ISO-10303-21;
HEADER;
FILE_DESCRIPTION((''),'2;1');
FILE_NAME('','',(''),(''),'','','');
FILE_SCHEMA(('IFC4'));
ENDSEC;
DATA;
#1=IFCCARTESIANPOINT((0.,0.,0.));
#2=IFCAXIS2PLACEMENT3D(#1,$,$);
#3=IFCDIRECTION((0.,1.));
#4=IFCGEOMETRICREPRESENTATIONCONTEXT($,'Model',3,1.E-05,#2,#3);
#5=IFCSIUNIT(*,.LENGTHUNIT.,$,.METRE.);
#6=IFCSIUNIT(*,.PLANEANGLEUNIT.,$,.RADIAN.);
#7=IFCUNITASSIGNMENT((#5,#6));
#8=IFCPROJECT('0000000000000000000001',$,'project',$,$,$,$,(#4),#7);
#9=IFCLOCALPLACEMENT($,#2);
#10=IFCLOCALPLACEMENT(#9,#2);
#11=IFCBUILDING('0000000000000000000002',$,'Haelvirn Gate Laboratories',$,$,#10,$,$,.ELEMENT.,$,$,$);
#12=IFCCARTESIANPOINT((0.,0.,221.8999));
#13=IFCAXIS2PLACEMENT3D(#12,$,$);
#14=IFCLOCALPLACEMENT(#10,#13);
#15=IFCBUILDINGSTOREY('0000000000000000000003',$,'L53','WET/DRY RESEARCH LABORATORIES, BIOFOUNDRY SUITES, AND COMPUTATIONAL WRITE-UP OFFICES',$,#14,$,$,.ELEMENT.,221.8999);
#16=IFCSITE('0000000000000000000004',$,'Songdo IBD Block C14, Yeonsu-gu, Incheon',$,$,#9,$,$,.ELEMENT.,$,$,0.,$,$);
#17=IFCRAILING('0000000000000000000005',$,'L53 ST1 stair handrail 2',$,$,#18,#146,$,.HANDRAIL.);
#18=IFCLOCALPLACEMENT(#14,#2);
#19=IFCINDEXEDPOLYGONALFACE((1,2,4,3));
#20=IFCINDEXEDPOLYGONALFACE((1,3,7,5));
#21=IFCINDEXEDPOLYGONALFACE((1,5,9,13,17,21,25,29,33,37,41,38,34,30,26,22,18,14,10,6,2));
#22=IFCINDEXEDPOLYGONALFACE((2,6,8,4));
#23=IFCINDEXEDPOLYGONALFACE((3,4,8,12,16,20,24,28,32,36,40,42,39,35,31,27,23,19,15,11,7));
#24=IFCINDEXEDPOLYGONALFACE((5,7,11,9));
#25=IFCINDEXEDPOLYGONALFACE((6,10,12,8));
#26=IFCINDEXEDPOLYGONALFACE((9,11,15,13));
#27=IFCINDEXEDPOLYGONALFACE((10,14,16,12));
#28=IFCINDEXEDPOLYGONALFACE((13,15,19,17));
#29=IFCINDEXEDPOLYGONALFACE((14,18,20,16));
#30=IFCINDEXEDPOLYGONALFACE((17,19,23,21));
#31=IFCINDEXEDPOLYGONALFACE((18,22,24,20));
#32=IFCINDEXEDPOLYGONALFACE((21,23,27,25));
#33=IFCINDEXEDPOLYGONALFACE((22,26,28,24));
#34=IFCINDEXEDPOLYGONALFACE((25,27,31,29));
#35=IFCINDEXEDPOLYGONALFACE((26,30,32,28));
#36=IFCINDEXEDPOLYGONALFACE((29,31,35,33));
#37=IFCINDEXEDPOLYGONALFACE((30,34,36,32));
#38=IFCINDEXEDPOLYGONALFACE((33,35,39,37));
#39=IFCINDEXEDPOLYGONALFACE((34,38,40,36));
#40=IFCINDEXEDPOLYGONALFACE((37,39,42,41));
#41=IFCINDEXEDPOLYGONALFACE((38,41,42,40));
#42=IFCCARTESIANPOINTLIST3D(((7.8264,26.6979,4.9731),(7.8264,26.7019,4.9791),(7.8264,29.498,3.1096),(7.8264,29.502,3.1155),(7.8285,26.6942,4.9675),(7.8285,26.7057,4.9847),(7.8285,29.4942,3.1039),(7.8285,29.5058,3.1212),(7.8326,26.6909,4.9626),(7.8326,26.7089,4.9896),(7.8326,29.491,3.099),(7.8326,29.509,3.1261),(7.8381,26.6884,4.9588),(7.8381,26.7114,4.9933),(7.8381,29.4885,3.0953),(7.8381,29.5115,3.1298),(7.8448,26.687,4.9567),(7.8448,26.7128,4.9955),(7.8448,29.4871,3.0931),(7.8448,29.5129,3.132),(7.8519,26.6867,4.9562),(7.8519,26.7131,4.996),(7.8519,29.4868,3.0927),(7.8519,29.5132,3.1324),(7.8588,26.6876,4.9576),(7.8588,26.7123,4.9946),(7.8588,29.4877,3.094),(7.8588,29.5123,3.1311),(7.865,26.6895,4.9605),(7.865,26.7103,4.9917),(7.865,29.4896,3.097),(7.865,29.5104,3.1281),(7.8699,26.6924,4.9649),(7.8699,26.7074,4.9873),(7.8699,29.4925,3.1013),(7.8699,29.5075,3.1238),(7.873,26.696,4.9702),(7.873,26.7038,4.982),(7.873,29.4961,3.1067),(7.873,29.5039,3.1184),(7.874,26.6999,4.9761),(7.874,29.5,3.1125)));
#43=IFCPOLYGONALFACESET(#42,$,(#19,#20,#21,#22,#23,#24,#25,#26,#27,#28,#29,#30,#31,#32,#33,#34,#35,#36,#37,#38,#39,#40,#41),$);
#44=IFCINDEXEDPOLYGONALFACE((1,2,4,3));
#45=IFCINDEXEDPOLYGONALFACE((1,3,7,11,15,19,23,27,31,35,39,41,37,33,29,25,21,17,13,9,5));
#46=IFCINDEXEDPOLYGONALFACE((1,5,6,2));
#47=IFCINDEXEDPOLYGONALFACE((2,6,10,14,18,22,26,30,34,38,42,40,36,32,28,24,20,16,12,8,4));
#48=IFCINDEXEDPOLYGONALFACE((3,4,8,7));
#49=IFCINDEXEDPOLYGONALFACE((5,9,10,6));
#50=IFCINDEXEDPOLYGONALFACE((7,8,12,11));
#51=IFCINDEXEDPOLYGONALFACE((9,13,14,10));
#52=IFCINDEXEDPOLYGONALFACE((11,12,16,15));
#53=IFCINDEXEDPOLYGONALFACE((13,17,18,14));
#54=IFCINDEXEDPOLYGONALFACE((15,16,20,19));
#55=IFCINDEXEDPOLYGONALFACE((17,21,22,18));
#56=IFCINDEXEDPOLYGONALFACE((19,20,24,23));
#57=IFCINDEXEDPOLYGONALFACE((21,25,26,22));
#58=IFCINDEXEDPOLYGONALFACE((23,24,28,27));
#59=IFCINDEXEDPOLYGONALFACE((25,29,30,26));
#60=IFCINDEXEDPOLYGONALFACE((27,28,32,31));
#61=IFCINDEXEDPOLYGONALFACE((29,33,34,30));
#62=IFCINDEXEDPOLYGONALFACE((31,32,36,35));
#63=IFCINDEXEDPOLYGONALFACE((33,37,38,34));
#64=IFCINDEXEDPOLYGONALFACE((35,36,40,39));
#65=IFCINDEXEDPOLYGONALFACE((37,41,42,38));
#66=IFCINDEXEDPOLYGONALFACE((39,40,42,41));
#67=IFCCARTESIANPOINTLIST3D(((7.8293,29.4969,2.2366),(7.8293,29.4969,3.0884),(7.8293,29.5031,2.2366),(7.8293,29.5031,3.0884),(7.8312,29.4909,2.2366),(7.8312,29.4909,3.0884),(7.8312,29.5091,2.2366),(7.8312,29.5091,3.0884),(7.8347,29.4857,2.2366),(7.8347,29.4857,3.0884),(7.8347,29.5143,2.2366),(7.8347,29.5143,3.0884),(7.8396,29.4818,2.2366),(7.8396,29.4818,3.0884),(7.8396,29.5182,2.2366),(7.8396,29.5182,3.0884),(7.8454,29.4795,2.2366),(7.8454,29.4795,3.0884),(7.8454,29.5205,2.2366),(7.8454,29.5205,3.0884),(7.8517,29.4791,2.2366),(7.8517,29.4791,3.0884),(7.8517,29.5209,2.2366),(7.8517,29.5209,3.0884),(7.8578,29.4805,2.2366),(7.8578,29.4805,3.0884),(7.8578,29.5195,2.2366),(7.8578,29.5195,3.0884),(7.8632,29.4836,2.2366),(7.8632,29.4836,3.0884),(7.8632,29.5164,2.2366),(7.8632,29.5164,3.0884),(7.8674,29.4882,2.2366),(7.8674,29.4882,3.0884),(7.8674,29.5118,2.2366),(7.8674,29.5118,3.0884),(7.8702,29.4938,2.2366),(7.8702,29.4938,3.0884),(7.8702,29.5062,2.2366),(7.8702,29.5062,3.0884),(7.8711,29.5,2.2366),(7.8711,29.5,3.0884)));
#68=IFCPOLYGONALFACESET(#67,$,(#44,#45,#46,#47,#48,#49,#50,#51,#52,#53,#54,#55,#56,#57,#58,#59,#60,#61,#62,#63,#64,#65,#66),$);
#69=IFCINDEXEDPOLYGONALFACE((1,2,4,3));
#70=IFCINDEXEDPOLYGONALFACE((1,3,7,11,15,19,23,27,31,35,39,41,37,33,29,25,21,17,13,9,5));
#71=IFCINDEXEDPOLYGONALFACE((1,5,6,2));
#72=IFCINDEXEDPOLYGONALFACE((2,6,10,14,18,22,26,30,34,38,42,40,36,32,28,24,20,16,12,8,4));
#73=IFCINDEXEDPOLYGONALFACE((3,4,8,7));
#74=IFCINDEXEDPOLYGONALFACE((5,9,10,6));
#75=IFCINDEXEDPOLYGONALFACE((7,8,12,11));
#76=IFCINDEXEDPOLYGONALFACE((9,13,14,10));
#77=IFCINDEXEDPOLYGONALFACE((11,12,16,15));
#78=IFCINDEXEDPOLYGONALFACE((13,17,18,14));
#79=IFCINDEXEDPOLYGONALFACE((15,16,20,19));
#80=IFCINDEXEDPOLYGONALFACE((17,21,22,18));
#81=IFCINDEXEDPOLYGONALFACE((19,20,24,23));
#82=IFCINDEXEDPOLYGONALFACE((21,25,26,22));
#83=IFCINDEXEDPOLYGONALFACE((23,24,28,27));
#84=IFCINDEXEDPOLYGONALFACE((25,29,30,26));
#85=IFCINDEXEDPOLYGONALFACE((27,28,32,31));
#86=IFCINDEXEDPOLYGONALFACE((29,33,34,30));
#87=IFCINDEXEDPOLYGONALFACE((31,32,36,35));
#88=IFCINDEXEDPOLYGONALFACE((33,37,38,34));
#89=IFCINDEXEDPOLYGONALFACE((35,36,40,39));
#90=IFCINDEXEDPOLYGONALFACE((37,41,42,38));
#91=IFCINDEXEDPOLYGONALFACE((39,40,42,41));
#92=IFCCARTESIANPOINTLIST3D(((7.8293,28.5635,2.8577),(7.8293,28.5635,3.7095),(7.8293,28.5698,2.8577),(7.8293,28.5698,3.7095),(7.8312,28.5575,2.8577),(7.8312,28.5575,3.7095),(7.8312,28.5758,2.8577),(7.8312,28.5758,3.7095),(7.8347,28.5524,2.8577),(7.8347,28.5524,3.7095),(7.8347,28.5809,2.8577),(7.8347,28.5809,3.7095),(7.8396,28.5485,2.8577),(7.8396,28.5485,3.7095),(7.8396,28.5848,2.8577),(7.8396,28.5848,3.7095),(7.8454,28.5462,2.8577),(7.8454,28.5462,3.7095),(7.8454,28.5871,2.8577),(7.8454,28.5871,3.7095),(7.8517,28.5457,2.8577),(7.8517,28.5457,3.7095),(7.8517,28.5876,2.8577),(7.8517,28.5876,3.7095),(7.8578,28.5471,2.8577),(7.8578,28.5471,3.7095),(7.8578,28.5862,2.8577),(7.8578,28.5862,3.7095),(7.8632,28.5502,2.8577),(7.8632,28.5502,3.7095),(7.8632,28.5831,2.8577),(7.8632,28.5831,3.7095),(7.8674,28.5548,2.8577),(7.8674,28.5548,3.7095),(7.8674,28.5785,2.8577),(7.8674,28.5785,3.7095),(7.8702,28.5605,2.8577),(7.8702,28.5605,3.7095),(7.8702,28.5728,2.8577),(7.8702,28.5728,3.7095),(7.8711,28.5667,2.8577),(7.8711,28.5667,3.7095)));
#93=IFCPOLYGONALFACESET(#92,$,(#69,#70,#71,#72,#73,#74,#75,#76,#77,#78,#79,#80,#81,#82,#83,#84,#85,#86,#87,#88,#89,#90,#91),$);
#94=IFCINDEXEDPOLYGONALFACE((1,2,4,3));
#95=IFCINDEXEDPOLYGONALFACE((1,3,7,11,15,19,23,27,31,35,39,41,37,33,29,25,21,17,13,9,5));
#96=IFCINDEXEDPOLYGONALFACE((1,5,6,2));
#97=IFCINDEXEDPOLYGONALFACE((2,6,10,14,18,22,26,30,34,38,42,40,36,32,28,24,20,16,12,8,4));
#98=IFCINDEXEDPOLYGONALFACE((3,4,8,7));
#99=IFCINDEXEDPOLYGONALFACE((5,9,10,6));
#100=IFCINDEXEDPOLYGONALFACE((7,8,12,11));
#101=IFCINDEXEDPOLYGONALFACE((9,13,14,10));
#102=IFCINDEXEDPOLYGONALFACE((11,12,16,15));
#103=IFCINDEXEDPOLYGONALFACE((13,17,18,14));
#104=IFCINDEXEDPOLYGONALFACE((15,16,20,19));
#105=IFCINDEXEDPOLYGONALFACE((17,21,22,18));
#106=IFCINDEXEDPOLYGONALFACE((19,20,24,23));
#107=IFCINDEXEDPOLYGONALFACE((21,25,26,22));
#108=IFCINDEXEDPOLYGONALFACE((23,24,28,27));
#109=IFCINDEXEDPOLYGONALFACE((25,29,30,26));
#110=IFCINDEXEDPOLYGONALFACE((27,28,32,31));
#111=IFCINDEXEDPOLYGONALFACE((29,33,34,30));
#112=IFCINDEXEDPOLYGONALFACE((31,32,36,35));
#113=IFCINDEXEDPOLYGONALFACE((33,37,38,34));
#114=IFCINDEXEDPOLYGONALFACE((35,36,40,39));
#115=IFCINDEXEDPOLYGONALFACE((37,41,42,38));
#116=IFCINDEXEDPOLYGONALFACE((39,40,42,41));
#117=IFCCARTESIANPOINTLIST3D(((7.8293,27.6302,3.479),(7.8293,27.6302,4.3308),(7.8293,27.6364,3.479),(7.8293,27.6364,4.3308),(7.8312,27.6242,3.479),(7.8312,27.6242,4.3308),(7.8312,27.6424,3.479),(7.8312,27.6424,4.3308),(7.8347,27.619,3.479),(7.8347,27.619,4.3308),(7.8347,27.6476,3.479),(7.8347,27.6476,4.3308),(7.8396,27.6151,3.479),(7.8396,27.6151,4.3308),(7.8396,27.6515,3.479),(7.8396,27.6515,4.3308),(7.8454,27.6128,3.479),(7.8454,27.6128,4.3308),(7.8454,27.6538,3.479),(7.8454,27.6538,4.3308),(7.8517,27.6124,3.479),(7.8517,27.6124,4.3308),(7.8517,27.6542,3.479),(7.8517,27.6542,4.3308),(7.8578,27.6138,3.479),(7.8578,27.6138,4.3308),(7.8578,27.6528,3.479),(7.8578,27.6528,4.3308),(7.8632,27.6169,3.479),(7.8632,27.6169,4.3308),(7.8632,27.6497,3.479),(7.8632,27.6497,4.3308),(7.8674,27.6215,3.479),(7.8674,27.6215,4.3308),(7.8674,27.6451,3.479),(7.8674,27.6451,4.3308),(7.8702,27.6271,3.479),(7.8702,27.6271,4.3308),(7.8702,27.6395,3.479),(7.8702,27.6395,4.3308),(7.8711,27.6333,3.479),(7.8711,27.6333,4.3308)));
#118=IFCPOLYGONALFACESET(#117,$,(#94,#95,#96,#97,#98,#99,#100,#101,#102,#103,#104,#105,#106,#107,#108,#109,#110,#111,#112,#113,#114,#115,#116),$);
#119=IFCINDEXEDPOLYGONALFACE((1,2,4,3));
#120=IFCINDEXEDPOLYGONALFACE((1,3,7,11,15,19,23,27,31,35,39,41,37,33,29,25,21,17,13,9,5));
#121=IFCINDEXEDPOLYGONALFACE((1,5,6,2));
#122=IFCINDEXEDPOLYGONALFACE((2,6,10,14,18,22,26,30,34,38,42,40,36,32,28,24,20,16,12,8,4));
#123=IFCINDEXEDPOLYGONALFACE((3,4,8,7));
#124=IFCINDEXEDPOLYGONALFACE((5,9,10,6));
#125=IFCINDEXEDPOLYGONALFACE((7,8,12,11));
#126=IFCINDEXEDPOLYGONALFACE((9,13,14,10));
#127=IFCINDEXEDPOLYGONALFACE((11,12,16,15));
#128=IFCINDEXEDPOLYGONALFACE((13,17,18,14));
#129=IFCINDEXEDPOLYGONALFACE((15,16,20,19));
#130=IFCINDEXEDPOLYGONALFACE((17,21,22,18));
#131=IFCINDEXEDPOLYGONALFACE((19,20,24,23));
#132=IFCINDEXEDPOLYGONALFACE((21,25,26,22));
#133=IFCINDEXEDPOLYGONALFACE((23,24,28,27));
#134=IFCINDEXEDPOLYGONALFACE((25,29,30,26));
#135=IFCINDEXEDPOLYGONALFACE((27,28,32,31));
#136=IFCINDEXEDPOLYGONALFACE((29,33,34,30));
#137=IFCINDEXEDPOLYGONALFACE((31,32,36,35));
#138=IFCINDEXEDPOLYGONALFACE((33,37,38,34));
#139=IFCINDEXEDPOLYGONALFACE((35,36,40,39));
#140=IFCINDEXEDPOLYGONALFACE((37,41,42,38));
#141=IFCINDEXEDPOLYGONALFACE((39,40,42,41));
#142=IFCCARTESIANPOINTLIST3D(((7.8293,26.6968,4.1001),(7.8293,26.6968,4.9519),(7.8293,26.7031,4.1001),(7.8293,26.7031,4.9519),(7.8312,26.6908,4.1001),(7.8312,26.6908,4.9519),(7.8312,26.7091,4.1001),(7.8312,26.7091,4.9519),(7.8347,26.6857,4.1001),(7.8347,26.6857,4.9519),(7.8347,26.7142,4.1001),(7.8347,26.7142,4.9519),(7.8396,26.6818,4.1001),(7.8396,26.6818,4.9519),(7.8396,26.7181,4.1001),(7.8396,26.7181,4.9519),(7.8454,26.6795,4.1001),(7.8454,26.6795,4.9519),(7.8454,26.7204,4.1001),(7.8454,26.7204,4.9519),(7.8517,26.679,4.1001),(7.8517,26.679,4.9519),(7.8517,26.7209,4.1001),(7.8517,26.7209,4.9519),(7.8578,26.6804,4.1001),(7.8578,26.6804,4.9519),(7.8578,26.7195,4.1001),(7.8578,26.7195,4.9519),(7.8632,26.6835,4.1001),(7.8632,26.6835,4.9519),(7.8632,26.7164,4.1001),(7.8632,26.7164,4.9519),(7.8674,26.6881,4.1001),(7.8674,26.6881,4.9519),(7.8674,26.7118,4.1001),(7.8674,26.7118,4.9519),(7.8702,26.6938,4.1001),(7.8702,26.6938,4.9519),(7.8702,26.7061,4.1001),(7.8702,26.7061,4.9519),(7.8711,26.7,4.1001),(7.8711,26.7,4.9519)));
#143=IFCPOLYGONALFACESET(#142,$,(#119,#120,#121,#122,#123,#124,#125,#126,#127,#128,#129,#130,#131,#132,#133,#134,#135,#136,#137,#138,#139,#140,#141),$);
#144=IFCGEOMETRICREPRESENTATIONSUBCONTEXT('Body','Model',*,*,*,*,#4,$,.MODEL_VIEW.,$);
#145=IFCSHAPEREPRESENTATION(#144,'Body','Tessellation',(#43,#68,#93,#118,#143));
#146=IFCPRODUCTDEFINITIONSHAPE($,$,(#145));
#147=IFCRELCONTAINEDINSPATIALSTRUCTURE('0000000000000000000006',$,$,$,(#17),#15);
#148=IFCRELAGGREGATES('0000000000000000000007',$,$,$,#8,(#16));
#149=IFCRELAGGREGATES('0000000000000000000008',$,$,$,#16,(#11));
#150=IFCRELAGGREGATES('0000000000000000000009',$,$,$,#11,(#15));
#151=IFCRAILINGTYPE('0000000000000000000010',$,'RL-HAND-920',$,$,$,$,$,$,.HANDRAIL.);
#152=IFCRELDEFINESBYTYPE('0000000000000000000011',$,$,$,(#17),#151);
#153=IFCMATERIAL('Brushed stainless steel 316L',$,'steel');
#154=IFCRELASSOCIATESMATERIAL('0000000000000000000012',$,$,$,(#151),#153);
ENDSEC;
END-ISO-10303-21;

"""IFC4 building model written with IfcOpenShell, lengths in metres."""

from ifc_helpers import new_model, si_unit, direction, frame, origin, origin_2d, place, context, subcontext, project, spatial, circle, extrude, source, transform, mapped, material, type_object, element, save


model = new_model("IFC4")

# Units and contexts
model_context = context("Model", 3, precision=1e-05, world=origin(), true_north=direction((0.0, 1.0)))
body_context = subcontext(model_context, "Body", "Model", "MODEL_VIEW")
ifc_project = project(units=[si_unit("LENGTHUNIT", "METRE"), si_unit("PLANEANGLEUNIT", "RADIAN")], contexts=[model_context])

# Site, building, storey
site_placement = place(None, origin())
site = spatial("IfcSite", under=ifc_project, at=site_placement, Name="Songdo IBD Block C14, Yeonsu-gu, Incheon", CompositionType="ELEMENT", RefElevation=0.0)
building_placement = place(site_placement, origin())
building = spatial("IfcBuilding", under=site, at=building_placement, Name="Haelvirn Gate Laboratories", CompositionType="ELEMENT")
storey_placement = place(building_placement, frame((0.0, 0.0, 221.8999)))
storey = spatial("IfcBuildingStorey", under=building, at=storey_placement, Name="L53", Description="WET/DRY RESEARCH LABORATORIES, BIOFOUNDRY SUITES, AND COMPUTATIONAL WRITE-UP OFFICES", CompositionType="ELEMENT", Elevation=221.8999)

# Railing
ifc_material_1 = material(Name="Brushed stainless steel 316L", Category="steel")
railing_type_1 = type_object("IfcRailingType", Name="RL-HAND-920", PredefinedType="HANDRAIL", material=ifc_material_1)
shared_shape_1 = source(origin(), body_context, "Body", "SweptSolid", [
    extrude(circle(Radius=0.0239, at=origin_2d()), frame((0.0, 0.0, 0.876), z_axis=(0.0, -0.832486, 0.554047), x_axis=(1.0, 0.0, 0.0)), (0.0, 0.0, 1.0), 3.3635),
    extrude(circle(Radius=0.021, at=origin_2d()), origin(), (0.0, 0.0, 1.0), 0.8518),
    extrude(circle(Radius=0.021, at=origin_2d()), frame((0.0, -0.9333, 0.6211)), (0.0, 0.0, 1.0), 0.8518),
    extrude(circle(Radius=0.021, at=origin_2d()), frame((0.0, -1.8667, 1.2424)), (0.0, 0.0, 1.0), 0.8518),
    extrude(circle(Radius=0.021, at=origin_2d()), frame((0.0, -2.8, 1.8635)), (0.0, 0.0, 1.0), 0.8518),
])
railing_1_placement = place(storey_placement, frame((7.8501, 29.5, 2.2366)))
element("IfcRailing", 1, at=railing_1_placement, inside=storey, type_object=railing_type_1, Name="L53 ST1 stair handrail 2", PredefinedType="HANDRAIL", context=body_context, shape_type="MappedRepresentation", body=[
    mapped(shared_shape_1, transform((0.0, 0.0, 0.0), scale=1.0)),
])

save(model, "model.ifc")
